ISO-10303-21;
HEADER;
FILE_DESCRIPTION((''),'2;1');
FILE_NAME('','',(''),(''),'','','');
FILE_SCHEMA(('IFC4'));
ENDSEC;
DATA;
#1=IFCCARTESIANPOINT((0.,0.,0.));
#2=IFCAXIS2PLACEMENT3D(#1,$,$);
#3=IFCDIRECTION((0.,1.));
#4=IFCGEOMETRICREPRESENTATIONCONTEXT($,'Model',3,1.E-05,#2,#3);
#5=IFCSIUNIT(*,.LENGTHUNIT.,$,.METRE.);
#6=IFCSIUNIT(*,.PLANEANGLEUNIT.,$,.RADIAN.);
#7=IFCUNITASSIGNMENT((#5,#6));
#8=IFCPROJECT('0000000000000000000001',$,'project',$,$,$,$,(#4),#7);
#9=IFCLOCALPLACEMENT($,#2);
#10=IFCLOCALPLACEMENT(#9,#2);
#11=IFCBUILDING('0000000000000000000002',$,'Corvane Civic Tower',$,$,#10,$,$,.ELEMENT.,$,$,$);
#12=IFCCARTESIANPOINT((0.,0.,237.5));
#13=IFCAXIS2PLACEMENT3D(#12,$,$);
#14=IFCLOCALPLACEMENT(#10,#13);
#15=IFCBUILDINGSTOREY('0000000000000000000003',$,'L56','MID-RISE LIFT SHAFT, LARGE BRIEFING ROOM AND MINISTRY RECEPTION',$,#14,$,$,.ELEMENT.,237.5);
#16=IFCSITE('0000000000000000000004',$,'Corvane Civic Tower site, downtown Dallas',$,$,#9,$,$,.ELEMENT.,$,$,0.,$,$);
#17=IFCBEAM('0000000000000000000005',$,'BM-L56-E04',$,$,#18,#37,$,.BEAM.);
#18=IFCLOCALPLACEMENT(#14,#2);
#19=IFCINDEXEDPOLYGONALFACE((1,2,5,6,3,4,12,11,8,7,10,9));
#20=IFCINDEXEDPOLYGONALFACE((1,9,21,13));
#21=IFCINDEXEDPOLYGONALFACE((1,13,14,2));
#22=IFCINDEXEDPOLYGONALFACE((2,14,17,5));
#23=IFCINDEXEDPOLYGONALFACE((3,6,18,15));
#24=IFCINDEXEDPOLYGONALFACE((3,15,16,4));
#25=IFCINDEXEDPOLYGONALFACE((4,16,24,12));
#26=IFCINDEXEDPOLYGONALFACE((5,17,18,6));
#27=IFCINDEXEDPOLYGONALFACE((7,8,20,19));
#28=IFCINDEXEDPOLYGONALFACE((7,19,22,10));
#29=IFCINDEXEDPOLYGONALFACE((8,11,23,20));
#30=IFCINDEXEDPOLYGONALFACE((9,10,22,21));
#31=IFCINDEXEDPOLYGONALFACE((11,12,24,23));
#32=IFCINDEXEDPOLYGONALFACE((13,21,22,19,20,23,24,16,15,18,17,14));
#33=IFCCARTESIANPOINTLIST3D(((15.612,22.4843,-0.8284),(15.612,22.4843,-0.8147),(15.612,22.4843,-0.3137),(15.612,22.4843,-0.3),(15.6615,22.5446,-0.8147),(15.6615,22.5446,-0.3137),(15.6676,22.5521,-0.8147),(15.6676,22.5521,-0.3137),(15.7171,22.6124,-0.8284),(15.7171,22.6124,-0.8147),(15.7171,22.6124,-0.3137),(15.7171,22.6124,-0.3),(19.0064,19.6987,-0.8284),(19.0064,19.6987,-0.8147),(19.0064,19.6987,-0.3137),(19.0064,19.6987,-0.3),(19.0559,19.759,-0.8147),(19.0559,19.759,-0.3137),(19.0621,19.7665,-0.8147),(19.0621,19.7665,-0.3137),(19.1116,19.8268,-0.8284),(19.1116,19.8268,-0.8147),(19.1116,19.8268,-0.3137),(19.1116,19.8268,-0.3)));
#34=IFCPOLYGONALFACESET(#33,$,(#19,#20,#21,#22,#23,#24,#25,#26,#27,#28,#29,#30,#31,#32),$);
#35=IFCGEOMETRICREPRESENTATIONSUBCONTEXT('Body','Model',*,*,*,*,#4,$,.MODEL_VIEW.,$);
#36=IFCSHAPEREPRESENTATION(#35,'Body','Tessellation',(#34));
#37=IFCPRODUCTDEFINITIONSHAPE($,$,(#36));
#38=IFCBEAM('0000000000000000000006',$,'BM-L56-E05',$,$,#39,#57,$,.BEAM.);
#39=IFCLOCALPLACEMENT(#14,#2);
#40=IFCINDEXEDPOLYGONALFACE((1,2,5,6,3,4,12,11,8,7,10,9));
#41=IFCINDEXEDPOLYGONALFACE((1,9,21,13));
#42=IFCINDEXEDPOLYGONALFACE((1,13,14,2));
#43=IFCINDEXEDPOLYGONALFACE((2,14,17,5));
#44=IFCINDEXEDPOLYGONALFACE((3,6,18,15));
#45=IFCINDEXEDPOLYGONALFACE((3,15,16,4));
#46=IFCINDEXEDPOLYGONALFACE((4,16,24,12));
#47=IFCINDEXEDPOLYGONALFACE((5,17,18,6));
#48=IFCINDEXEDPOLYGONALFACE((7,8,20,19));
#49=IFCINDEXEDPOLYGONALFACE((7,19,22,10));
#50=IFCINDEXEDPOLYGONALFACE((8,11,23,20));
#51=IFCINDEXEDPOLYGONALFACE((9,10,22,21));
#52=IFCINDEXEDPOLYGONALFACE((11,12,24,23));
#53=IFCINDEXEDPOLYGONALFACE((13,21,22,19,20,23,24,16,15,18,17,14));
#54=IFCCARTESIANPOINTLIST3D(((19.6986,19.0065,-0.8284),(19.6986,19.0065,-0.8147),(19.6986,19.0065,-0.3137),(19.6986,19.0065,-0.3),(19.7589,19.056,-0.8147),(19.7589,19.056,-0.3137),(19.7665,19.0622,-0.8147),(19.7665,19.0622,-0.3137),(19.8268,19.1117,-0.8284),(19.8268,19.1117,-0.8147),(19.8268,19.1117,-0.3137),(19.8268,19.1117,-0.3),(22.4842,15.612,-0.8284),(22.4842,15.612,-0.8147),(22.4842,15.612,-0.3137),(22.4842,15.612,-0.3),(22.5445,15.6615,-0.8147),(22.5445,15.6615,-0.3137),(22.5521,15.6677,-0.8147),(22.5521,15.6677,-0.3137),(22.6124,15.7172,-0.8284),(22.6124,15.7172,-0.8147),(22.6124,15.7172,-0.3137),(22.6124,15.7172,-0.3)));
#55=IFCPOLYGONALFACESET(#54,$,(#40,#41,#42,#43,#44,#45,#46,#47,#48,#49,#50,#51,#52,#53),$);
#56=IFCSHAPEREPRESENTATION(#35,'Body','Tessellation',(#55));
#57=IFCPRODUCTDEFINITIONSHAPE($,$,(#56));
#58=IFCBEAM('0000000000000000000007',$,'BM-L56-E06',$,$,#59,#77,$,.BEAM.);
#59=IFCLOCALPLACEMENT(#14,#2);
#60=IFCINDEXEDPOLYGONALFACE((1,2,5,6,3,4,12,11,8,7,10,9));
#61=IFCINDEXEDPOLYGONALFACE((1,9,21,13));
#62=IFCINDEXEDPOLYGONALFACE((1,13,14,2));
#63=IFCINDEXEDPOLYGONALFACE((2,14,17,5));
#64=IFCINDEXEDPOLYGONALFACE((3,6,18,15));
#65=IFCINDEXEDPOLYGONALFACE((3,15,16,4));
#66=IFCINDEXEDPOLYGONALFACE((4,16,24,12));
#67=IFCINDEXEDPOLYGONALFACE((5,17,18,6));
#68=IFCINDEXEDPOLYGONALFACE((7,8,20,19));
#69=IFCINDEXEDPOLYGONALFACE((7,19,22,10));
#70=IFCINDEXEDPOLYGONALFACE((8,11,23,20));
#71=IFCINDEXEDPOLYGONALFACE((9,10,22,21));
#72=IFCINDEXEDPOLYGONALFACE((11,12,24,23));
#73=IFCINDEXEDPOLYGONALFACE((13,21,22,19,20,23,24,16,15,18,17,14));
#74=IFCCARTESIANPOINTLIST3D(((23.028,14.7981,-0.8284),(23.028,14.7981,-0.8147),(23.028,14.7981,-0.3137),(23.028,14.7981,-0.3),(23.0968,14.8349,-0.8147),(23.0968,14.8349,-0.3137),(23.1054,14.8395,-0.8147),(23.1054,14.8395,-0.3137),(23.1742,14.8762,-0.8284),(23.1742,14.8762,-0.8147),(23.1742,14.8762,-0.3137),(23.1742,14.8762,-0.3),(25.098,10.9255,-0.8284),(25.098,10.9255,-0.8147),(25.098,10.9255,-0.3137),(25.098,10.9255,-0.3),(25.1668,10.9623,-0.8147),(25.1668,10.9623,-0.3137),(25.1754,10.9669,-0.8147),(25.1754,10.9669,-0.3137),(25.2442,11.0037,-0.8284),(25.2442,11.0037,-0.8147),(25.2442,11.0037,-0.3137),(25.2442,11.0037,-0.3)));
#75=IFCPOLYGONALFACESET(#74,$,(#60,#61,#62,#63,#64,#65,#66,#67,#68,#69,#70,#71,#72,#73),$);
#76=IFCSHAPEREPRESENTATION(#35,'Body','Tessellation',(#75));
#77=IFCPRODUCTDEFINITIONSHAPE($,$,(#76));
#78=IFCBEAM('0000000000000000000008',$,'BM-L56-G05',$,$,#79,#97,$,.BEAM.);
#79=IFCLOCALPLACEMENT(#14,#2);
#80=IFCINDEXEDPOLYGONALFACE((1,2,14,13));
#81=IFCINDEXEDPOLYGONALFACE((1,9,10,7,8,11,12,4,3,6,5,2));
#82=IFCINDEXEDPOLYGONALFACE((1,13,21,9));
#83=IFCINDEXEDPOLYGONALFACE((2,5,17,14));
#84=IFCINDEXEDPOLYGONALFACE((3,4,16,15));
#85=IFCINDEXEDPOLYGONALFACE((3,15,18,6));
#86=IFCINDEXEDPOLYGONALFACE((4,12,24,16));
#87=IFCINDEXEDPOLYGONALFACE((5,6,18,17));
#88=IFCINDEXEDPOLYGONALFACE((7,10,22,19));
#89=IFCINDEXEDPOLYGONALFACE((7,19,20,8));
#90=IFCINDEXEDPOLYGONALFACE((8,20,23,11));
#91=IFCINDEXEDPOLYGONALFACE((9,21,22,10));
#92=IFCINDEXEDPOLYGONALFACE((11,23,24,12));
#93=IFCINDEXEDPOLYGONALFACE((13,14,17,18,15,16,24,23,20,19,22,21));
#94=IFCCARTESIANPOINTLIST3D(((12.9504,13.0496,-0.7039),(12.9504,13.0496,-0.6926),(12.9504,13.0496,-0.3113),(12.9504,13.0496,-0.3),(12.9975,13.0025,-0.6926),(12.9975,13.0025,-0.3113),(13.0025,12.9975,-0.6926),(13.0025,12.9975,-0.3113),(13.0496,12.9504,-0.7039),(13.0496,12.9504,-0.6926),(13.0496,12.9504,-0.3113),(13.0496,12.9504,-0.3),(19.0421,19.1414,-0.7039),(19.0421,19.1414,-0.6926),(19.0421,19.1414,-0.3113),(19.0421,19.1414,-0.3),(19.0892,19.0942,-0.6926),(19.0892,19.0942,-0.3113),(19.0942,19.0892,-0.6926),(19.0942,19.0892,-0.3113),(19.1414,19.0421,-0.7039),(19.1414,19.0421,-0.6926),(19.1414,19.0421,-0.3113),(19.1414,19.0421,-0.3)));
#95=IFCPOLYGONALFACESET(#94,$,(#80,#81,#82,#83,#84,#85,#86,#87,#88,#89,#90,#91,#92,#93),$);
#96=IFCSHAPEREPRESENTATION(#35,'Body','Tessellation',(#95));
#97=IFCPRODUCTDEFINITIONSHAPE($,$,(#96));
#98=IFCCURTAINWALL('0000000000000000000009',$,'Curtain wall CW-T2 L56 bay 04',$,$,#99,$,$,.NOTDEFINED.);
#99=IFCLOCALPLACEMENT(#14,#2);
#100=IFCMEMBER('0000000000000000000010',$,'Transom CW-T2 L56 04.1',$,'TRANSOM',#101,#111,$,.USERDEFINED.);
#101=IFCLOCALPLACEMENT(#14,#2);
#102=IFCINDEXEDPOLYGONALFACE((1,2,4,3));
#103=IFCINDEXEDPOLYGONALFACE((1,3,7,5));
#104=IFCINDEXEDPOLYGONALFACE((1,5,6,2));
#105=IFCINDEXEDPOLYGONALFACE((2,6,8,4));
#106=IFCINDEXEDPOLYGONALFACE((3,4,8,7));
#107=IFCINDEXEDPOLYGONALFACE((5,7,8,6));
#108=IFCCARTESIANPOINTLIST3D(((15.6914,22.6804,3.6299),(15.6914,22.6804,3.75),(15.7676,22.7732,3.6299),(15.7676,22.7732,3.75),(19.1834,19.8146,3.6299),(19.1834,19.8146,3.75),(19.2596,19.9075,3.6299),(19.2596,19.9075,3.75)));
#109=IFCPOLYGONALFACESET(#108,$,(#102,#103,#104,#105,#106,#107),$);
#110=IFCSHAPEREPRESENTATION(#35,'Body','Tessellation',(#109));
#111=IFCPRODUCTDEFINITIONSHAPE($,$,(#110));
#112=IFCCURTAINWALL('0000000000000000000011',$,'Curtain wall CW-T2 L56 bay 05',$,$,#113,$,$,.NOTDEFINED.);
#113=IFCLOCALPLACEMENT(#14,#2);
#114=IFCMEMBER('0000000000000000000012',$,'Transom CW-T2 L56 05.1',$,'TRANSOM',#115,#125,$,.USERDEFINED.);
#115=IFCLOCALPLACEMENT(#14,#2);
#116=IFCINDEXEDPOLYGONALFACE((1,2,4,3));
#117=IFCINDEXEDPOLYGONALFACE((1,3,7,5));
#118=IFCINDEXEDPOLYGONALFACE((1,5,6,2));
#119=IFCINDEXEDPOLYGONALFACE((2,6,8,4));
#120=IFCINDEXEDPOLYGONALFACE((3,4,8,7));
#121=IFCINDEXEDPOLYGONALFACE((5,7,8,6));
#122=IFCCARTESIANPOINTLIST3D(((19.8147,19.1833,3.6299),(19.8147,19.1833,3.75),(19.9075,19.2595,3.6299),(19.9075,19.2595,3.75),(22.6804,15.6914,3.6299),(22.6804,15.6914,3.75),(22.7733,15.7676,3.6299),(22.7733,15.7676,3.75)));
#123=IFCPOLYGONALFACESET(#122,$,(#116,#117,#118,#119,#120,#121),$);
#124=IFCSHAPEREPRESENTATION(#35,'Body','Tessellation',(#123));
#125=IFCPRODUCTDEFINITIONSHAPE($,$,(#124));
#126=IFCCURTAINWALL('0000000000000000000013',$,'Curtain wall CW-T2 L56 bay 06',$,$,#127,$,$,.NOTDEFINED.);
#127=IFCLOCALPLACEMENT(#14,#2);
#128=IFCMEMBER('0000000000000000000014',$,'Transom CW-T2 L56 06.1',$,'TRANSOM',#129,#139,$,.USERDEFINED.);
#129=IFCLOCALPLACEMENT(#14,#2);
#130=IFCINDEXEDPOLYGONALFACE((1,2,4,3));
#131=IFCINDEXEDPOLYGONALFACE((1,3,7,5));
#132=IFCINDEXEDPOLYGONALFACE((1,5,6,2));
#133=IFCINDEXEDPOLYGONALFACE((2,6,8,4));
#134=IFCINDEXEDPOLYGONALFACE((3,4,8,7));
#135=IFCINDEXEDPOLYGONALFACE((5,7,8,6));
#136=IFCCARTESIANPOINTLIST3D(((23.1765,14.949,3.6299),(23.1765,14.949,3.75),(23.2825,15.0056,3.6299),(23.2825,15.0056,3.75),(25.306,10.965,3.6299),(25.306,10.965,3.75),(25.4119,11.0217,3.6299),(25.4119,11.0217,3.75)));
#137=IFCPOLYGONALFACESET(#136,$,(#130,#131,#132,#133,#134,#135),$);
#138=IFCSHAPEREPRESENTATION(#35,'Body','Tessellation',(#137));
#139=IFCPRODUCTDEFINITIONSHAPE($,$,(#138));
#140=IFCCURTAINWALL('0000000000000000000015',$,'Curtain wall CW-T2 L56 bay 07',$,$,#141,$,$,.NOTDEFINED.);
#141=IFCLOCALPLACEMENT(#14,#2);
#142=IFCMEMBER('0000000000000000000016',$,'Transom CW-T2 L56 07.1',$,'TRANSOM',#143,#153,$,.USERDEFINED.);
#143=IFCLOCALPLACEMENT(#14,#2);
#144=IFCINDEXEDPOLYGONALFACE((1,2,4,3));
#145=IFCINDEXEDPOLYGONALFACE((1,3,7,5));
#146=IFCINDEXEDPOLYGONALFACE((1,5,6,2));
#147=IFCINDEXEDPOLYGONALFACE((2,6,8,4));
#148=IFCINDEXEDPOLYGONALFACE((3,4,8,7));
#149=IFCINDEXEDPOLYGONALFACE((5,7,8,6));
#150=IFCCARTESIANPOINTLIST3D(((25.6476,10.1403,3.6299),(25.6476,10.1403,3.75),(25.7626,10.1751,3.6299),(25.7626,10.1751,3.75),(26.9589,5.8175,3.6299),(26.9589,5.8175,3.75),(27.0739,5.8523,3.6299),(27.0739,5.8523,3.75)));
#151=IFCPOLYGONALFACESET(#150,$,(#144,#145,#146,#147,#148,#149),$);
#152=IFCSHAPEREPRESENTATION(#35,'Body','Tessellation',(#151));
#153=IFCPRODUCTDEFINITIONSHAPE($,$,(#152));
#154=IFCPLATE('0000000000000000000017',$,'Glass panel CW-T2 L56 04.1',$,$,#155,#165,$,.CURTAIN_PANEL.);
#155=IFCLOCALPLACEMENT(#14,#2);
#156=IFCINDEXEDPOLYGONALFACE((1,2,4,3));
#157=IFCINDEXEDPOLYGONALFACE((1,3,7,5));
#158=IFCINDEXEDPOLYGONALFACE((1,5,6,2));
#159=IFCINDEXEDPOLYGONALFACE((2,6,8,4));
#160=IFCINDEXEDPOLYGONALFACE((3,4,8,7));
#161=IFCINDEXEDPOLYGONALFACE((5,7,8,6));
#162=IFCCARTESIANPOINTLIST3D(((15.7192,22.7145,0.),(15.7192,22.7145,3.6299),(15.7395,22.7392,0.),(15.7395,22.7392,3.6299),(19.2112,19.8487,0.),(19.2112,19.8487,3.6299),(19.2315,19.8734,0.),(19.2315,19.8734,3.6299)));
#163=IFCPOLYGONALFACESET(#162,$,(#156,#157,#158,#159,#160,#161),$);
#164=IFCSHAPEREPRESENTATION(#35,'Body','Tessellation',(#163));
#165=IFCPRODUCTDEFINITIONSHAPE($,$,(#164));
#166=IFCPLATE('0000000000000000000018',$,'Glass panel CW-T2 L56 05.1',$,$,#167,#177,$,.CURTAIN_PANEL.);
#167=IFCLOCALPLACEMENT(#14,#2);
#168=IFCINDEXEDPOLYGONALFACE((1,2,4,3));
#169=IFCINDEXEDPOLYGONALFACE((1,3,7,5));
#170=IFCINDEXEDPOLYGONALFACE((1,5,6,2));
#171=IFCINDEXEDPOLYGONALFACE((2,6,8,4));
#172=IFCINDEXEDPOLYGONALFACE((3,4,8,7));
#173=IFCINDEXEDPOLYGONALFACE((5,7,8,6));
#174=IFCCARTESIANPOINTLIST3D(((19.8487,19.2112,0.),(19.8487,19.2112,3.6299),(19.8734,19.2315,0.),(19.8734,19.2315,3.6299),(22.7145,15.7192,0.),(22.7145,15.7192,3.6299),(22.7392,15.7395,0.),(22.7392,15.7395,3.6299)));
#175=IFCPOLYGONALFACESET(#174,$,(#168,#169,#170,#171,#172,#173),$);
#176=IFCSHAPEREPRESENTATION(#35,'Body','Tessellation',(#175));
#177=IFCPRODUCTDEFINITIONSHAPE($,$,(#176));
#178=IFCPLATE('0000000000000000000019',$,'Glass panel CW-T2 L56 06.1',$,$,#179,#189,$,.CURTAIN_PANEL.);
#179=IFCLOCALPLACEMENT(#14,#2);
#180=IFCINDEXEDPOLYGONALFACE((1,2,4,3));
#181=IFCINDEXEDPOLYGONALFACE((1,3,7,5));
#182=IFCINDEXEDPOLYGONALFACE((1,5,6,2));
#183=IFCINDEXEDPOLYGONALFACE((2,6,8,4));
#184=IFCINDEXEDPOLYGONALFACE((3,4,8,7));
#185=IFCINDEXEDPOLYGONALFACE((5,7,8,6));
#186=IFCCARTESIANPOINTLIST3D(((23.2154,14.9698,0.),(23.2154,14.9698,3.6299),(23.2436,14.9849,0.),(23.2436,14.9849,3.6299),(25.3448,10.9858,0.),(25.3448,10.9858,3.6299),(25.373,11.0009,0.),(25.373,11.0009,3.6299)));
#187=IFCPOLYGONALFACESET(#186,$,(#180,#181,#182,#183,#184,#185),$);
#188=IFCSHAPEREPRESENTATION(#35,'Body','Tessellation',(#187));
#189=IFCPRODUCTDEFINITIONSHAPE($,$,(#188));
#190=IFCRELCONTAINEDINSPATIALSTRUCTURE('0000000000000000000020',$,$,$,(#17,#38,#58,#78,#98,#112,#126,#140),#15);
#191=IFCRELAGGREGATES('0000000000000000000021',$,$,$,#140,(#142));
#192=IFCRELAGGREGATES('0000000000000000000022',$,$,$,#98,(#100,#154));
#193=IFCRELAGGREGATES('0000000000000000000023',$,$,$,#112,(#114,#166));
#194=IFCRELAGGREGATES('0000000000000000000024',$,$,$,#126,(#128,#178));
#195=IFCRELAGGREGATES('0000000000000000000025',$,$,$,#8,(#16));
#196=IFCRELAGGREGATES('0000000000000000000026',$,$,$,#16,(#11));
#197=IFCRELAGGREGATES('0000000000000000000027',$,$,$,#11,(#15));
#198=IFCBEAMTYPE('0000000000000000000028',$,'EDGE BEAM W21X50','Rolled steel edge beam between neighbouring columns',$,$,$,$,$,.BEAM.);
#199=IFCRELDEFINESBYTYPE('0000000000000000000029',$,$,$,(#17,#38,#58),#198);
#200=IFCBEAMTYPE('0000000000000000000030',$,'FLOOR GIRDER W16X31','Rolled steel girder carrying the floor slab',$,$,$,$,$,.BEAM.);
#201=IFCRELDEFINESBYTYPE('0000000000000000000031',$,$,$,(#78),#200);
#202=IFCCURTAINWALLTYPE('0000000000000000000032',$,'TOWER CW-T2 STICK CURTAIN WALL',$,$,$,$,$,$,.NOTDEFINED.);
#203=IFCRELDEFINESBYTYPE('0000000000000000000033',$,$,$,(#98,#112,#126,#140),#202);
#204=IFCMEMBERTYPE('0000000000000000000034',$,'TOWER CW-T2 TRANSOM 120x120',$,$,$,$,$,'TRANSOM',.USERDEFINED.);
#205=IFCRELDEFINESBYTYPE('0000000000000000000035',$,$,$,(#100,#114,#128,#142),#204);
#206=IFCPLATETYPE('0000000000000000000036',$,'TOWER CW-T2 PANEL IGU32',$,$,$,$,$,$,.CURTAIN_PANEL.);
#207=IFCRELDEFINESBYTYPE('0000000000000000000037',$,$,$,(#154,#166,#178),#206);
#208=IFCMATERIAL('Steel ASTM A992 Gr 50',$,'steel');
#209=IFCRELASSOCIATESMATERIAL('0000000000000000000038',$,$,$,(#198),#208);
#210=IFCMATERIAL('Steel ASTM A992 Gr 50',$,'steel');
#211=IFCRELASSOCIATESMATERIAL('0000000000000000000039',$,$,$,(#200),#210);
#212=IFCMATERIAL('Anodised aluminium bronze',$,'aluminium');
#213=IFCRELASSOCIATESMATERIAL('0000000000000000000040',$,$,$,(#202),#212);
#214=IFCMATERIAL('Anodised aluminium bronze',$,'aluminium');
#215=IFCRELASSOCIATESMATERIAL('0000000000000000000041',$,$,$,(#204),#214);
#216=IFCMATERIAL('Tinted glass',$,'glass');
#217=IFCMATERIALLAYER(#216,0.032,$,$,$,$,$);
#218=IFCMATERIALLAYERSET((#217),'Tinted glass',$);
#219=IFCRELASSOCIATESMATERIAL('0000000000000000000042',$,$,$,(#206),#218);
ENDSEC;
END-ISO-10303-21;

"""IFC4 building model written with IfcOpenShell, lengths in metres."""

from ifc_helpers import new_model, si_unit, direction, frame, origin, origin_2d, place, context, subcontext, project, spatial, rectangle, i_section, extrude, material, layer, layer_set, material_profile, profile_set, type_object, element, aggregate, save


model = new_model("IFC4")

# Units and contexts
model_context = context("Model", 3, precision=1e-05, world=origin(), true_north=direction((0.0, 1.0)))
body_context = subcontext(model_context, "Body", "Model", "MODEL_VIEW")
ifc_project = project(units=[si_unit("LENGTHUNIT", "METRE"), si_unit("PLANEANGLEUNIT", "RADIAN")], contexts=[model_context])

# Site, building, storey
site_placement = place(None, origin())
site = spatial("IfcSite", under=ifc_project, at=site_placement, Name="Corvane Civic Tower site, downtown Dallas", CompositionType="ELEMENT", RefElevation=0.0)
building_placement = place(site_placement, origin())
building = spatial("IfcBuilding", under=site, at=building_placement, Name="Corvane Civic Tower", CompositionType="ELEMENT")
storey_placement = place(building_placement, frame((0.0, 0.0, 237.5)))
storey = spatial("IfcBuildingStorey", under=building, at=storey_placement, Name="L56", Description="MID-RISE LIFT SHAFT, LARGE BRIEFING ROOM AND MINISTRY RECEPTION", CompositionType="ELEMENT", Elevation=237.5)

# Beams
ifc_material_1 = material(Name="Steel ASTM A992 Gr 50", Category="steel")
ifc_material_profile_1 = material_profile(ifc_material_1, i_section(OverallWidth=0.1658, OverallDepth=0.5283, WebThickness=0.0098, FlangeThickness=0.0137, at=origin_2d()), Name="W21X50")
ifc_profile_set_1 = profile_set([ifc_material_profile_1], Name="Steel ASTM A992 Gr 50")
beam_type_1 = type_object("IfcBeamType", Name="EDGE BEAM W21X50", Description="Rolled steel edge beam between neighbouring columns", PredefinedType="BEAM", material=ifc_profile_set_1)
for number, where, z_axis, x_axis, name in (
    (1, (15.6646, 22.5483, -0.5642), (0.77303, -0.634369, 0.0), (0.634369, 0.77303, 0.0), "BM-L56-E04"),
    (2, (19.7627, 19.0591, -0.5642), (0.634369, -0.77303, 0.0), (0.77303, 0.634369, 0.0), "BM-L56-E05"),
    (3, (23.1011, 14.8372, -0.5642), (0.471422, -0.881908, 0.0), (0.881908, 0.471422, 0.0), "BM-L56-E06"),
):
    element("IfcBeam", number, at=place(storey_placement, frame(where, z_axis=z_axis, x_axis=x_axis)), inside=storey, type_object=beam_type_1, Name=name, PredefinedType="BEAM", context=body_context, shape_type="SweptSolid", body=[
        extrude(i_section(OverallWidth=0.1658, OverallDepth=0.5283, WebThickness=0.0098, FlangeThickness=0.0137, at=origin_2d()), origin(), (0.0, 0.0, 1.0), 4.3911),
    ])
ifc_material_2 = material(Name="Steel ASTM A992 Gr 50", Category="steel")
ifc_material_profile_2 = material_profile(ifc_material_2, i_section(OverallWidth=0.1404, OverallDepth=0.4038, WebThickness=0.0071, FlangeThickness=0.0112, at=origin_2d()), Name="W16X31")
ifc_profile_set_2 = profile_set([ifc_material_profile_2], Name="Steel ASTM A992 Gr 50")
beam_type_2 = type_object("IfcBeamType", Name="FLOOR GIRDER W16X31", Description="Rolled steel girder carrying the floor slab", PredefinedType="BEAM", material=ifc_profile_set_2)
beam_placement = place(storey_placement, frame((13.0, 13.0, -0.502), z_axis=(0.707107, 0.707107, 0.0), x_axis=(-0.707107, 0.707107, 0.0)))
element("IfcBeam", 4, at=beam_placement, inside=storey, type_object=beam_type_2, Name="BM-L56-G05", PredefinedType="BEAM", context=body_context, shape_type="SweptSolid", body=[
    extrude(i_section(OverallWidth=0.1404, OverallDepth=0.4038, WebThickness=0.0071, FlangeThickness=0.0112, at=origin_2d()), origin(), (0.0, 0.0, 1.0), 8.615),
])

# Curtain walls, members
ifc_material_3 = material(Name="Anodised aluminium bronze", Category="aluminium")
curtain_wall_type = type_object("IfcCurtainWallType", Name="TOWER CW-T2 STICK CURTAIN WALL", PredefinedType="NOTDEFINED", material=ifc_material_3)
curtain_wall_1_placement = place(storey_placement, origin())
curtain_wall_1 = element("IfcCurtainWall", 5, at=curtain_wall_1_placement, inside=storey, type_object=curtain_wall_type, Name="Curtain wall CW-T2 L56 bay 04", PredefinedType="NOTDEFINED")
ifc_material_4 = material(Name="Anodised aluminium bronze", Category="aluminium")
ifc_material_profile_3 = material_profile(ifc_material_4, rectangle(XDim=0.1201, YDim=0.1201, at=origin_2d()), Name="TOWER CW-T2 TRANSOM 120x120")
ifc_profile_set_3 = profile_set([ifc_material_profile_3], Name="Anodised aluminium bronze")
member_type = type_object("IfcMemberType", Name="TOWER CW-T2 TRANSOM 120x120", ElementType="TRANSOM", PredefinedType="USERDEFINED", material=ifc_profile_set_3)
member_1_placement = place(storey_placement, frame((15.7295, 22.7268, 3.6899), z_axis=(0.773015, -0.634388, 0.0), x_axis=(0.634388, 0.773015, 0.0)))
member_1 = element("IfcMember", 6, at=member_1_placement, type_object=member_type, Name="Transom CW-T2 L56 04.1", ObjectType="TRANSOM", PredefinedType="USERDEFINED", context=body_context, shape_type="SweptSolid", body=[
    extrude(rectangle(XDim=0.1201, YDim=0.1201, at=origin_2d()), origin(), (0.0, 0.0, 1.0), 4.5173),
])
curtain_wall_2_placement = place(storey_placement, origin())
curtain_wall_2 = element("IfcCurtainWall", 7, at=curtain_wall_2_placement, inside=storey, type_object=curtain_wall_type, Name="Curtain wall CW-T2 L56 bay 05", PredefinedType="NOTDEFINED")
member_2_placement = place(storey_placement, frame((19.8611, 19.2214, 3.6899), z_axis=(0.634388, -0.773015, 0.0), x_axis=(0.773015, 0.634388, 0.0)))
member_2 = element("IfcMember", 8, at=member_2_placement, type_object=member_type, Name="Transom CW-T2 L56 05.1", ObjectType="TRANSOM", PredefinedType="USERDEFINED", context=body_context, shape_type="SweptSolid", body=[
    extrude(rectangle(XDim=0.1201, YDim=0.1201, at=origin_2d()), origin(), (0.0, 0.0, 1.0), 4.5173),
])
curtain_wall_3_placement = place(storey_placement, origin())
curtain_wall_3 = element("IfcCurtainWall", 9, at=curtain_wall_3_placement, inside=storey, type_object=curtain_wall_type, Name="Curtain wall CW-T2 L56 bay 06", PredefinedType="NOTDEFINED")
member_3_placement = place(storey_placement, frame((23.2295, 14.9773, 3.6899), z_axis=(0.47139, -0.881925, 0.0), x_axis=(0.881925, 0.47139, 0.0)))
member_3 = element("IfcMember", 10, at=member_3_placement, type_object=member_type, Name="Transom CW-T2 L56 06.1", ObjectType="TRANSOM", PredefinedType="USERDEFINED", context=body_context, shape_type="SweptSolid", body=[
    extrude(rectangle(XDim=0.1201, YDim=0.1201, at=origin_2d()), origin(), (0.0, 0.0, 1.0), 4.5173),
])
curtain_wall_4_placement = place(storey_placement, origin())
curtain_wall_4 = element("IfcCurtainWall", 11, at=curtain_wall_4_placement, inside=storey, type_object=curtain_wall_type, Name="Curtain wall CW-T2 L56 bay 07", PredefinedType="NOTDEFINED")
member_4_placement = place(storey_placement, frame((25.7051, 10.1577, 3.6899), z_axis=(0.290282, -0.956941, 0.0), x_axis=(0.956941, 0.290282, 0.0)))
member_4 = element("IfcMember", 12, at=member_4_placement, type_object=member_type, Name="Transom CW-T2 L56 07.1", ObjectType="TRANSOM", PredefinedType="USERDEFINED", context=body_context, shape_type="SweptSolid", body=[
    extrude(rectangle(XDim=0.1201, YDim=0.1201, at=origin_2d()), origin(), (0.0, 0.0, 1.0), 4.5173),
])
aggregate(curtain_wall_4, [member_4])

# Plates
ifc_material_5 = material(Name="Tinted glass", Category="glass")
ifc_layer_1 = layer(ifc_material_5, 0.032)
ifc_layer_set_1 = layer_set([ifc_layer_1], Name="Tinted glass")
plate_type = type_object("IfcPlateType", Name="TOWER CW-T2 PANEL IGU32", PredefinedType="CURTAIN_PANEL", material=ifc_layer_set_1)
plate_1_placement = place(storey_placement, frame((17.4753, 21.2939, 0.0), z_axis=(0.0, 0.0, 1.0), x_axis=(0.773012, -0.634391, 0.0)))
plate_1 = element("IfcPlate", 13, at=plate_1_placement, type_object=plate_type, Name="Glass panel CW-T2 L56 04.1", PredefinedType="CURTAIN_PANEL", context=body_context, shape_type="SweptSolid", body=[
    extrude(rectangle(XDim=4.5173, YDim=0.032, at=origin_2d()), origin(), (0.0, 0.0, 1.0), 3.6299),
])
aggregate(curtain_wall_1, [member_1, plate_1])
plate_2_placement = place(storey_placement, frame((21.2939, 17.4753, 0.0), z_axis=(0.0, 0.0, 1.0), x_axis=(0.634391, -0.773012, 0.0)))
plate_2 = element("IfcPlate", 14, at=plate_2_placement, type_object=plate_type, Name="Glass panel CW-T2 L56 05.1", PredefinedType="CURTAIN_PANEL", context=body_context, shape_type="SweptSolid", body=[
    extrude(rectangle(XDim=4.5173, YDim=0.032, at=origin_2d()), origin(), (0.0, 0.0, 1.0), 3.6299),
])
aggregate(curtain_wall_2, [member_2, plate_2])
plate_3_placement = place(storey_placement, frame((24.2942, 12.9854, 0.0), z_axis=(0.0, 0.0, 1.0), x_axis=(0.471398, -0.88192, 0.0)))
plate_3 = element("IfcPlate", 15, at=plate_3_placement, type_object=plate_type, Name="Glass panel CW-T2 L56 06.1", PredefinedType="CURTAIN_PANEL", context=body_context, shape_type="SweptSolid", body=[
    extrude(rectangle(XDim=4.5173, YDim=0.032, at=origin_2d()), origin(), (0.0, 0.0, 1.0), 3.6299),
])
aggregate(curtain_wall_3, [member_3, plate_3])

save(model, "model.ifc")
